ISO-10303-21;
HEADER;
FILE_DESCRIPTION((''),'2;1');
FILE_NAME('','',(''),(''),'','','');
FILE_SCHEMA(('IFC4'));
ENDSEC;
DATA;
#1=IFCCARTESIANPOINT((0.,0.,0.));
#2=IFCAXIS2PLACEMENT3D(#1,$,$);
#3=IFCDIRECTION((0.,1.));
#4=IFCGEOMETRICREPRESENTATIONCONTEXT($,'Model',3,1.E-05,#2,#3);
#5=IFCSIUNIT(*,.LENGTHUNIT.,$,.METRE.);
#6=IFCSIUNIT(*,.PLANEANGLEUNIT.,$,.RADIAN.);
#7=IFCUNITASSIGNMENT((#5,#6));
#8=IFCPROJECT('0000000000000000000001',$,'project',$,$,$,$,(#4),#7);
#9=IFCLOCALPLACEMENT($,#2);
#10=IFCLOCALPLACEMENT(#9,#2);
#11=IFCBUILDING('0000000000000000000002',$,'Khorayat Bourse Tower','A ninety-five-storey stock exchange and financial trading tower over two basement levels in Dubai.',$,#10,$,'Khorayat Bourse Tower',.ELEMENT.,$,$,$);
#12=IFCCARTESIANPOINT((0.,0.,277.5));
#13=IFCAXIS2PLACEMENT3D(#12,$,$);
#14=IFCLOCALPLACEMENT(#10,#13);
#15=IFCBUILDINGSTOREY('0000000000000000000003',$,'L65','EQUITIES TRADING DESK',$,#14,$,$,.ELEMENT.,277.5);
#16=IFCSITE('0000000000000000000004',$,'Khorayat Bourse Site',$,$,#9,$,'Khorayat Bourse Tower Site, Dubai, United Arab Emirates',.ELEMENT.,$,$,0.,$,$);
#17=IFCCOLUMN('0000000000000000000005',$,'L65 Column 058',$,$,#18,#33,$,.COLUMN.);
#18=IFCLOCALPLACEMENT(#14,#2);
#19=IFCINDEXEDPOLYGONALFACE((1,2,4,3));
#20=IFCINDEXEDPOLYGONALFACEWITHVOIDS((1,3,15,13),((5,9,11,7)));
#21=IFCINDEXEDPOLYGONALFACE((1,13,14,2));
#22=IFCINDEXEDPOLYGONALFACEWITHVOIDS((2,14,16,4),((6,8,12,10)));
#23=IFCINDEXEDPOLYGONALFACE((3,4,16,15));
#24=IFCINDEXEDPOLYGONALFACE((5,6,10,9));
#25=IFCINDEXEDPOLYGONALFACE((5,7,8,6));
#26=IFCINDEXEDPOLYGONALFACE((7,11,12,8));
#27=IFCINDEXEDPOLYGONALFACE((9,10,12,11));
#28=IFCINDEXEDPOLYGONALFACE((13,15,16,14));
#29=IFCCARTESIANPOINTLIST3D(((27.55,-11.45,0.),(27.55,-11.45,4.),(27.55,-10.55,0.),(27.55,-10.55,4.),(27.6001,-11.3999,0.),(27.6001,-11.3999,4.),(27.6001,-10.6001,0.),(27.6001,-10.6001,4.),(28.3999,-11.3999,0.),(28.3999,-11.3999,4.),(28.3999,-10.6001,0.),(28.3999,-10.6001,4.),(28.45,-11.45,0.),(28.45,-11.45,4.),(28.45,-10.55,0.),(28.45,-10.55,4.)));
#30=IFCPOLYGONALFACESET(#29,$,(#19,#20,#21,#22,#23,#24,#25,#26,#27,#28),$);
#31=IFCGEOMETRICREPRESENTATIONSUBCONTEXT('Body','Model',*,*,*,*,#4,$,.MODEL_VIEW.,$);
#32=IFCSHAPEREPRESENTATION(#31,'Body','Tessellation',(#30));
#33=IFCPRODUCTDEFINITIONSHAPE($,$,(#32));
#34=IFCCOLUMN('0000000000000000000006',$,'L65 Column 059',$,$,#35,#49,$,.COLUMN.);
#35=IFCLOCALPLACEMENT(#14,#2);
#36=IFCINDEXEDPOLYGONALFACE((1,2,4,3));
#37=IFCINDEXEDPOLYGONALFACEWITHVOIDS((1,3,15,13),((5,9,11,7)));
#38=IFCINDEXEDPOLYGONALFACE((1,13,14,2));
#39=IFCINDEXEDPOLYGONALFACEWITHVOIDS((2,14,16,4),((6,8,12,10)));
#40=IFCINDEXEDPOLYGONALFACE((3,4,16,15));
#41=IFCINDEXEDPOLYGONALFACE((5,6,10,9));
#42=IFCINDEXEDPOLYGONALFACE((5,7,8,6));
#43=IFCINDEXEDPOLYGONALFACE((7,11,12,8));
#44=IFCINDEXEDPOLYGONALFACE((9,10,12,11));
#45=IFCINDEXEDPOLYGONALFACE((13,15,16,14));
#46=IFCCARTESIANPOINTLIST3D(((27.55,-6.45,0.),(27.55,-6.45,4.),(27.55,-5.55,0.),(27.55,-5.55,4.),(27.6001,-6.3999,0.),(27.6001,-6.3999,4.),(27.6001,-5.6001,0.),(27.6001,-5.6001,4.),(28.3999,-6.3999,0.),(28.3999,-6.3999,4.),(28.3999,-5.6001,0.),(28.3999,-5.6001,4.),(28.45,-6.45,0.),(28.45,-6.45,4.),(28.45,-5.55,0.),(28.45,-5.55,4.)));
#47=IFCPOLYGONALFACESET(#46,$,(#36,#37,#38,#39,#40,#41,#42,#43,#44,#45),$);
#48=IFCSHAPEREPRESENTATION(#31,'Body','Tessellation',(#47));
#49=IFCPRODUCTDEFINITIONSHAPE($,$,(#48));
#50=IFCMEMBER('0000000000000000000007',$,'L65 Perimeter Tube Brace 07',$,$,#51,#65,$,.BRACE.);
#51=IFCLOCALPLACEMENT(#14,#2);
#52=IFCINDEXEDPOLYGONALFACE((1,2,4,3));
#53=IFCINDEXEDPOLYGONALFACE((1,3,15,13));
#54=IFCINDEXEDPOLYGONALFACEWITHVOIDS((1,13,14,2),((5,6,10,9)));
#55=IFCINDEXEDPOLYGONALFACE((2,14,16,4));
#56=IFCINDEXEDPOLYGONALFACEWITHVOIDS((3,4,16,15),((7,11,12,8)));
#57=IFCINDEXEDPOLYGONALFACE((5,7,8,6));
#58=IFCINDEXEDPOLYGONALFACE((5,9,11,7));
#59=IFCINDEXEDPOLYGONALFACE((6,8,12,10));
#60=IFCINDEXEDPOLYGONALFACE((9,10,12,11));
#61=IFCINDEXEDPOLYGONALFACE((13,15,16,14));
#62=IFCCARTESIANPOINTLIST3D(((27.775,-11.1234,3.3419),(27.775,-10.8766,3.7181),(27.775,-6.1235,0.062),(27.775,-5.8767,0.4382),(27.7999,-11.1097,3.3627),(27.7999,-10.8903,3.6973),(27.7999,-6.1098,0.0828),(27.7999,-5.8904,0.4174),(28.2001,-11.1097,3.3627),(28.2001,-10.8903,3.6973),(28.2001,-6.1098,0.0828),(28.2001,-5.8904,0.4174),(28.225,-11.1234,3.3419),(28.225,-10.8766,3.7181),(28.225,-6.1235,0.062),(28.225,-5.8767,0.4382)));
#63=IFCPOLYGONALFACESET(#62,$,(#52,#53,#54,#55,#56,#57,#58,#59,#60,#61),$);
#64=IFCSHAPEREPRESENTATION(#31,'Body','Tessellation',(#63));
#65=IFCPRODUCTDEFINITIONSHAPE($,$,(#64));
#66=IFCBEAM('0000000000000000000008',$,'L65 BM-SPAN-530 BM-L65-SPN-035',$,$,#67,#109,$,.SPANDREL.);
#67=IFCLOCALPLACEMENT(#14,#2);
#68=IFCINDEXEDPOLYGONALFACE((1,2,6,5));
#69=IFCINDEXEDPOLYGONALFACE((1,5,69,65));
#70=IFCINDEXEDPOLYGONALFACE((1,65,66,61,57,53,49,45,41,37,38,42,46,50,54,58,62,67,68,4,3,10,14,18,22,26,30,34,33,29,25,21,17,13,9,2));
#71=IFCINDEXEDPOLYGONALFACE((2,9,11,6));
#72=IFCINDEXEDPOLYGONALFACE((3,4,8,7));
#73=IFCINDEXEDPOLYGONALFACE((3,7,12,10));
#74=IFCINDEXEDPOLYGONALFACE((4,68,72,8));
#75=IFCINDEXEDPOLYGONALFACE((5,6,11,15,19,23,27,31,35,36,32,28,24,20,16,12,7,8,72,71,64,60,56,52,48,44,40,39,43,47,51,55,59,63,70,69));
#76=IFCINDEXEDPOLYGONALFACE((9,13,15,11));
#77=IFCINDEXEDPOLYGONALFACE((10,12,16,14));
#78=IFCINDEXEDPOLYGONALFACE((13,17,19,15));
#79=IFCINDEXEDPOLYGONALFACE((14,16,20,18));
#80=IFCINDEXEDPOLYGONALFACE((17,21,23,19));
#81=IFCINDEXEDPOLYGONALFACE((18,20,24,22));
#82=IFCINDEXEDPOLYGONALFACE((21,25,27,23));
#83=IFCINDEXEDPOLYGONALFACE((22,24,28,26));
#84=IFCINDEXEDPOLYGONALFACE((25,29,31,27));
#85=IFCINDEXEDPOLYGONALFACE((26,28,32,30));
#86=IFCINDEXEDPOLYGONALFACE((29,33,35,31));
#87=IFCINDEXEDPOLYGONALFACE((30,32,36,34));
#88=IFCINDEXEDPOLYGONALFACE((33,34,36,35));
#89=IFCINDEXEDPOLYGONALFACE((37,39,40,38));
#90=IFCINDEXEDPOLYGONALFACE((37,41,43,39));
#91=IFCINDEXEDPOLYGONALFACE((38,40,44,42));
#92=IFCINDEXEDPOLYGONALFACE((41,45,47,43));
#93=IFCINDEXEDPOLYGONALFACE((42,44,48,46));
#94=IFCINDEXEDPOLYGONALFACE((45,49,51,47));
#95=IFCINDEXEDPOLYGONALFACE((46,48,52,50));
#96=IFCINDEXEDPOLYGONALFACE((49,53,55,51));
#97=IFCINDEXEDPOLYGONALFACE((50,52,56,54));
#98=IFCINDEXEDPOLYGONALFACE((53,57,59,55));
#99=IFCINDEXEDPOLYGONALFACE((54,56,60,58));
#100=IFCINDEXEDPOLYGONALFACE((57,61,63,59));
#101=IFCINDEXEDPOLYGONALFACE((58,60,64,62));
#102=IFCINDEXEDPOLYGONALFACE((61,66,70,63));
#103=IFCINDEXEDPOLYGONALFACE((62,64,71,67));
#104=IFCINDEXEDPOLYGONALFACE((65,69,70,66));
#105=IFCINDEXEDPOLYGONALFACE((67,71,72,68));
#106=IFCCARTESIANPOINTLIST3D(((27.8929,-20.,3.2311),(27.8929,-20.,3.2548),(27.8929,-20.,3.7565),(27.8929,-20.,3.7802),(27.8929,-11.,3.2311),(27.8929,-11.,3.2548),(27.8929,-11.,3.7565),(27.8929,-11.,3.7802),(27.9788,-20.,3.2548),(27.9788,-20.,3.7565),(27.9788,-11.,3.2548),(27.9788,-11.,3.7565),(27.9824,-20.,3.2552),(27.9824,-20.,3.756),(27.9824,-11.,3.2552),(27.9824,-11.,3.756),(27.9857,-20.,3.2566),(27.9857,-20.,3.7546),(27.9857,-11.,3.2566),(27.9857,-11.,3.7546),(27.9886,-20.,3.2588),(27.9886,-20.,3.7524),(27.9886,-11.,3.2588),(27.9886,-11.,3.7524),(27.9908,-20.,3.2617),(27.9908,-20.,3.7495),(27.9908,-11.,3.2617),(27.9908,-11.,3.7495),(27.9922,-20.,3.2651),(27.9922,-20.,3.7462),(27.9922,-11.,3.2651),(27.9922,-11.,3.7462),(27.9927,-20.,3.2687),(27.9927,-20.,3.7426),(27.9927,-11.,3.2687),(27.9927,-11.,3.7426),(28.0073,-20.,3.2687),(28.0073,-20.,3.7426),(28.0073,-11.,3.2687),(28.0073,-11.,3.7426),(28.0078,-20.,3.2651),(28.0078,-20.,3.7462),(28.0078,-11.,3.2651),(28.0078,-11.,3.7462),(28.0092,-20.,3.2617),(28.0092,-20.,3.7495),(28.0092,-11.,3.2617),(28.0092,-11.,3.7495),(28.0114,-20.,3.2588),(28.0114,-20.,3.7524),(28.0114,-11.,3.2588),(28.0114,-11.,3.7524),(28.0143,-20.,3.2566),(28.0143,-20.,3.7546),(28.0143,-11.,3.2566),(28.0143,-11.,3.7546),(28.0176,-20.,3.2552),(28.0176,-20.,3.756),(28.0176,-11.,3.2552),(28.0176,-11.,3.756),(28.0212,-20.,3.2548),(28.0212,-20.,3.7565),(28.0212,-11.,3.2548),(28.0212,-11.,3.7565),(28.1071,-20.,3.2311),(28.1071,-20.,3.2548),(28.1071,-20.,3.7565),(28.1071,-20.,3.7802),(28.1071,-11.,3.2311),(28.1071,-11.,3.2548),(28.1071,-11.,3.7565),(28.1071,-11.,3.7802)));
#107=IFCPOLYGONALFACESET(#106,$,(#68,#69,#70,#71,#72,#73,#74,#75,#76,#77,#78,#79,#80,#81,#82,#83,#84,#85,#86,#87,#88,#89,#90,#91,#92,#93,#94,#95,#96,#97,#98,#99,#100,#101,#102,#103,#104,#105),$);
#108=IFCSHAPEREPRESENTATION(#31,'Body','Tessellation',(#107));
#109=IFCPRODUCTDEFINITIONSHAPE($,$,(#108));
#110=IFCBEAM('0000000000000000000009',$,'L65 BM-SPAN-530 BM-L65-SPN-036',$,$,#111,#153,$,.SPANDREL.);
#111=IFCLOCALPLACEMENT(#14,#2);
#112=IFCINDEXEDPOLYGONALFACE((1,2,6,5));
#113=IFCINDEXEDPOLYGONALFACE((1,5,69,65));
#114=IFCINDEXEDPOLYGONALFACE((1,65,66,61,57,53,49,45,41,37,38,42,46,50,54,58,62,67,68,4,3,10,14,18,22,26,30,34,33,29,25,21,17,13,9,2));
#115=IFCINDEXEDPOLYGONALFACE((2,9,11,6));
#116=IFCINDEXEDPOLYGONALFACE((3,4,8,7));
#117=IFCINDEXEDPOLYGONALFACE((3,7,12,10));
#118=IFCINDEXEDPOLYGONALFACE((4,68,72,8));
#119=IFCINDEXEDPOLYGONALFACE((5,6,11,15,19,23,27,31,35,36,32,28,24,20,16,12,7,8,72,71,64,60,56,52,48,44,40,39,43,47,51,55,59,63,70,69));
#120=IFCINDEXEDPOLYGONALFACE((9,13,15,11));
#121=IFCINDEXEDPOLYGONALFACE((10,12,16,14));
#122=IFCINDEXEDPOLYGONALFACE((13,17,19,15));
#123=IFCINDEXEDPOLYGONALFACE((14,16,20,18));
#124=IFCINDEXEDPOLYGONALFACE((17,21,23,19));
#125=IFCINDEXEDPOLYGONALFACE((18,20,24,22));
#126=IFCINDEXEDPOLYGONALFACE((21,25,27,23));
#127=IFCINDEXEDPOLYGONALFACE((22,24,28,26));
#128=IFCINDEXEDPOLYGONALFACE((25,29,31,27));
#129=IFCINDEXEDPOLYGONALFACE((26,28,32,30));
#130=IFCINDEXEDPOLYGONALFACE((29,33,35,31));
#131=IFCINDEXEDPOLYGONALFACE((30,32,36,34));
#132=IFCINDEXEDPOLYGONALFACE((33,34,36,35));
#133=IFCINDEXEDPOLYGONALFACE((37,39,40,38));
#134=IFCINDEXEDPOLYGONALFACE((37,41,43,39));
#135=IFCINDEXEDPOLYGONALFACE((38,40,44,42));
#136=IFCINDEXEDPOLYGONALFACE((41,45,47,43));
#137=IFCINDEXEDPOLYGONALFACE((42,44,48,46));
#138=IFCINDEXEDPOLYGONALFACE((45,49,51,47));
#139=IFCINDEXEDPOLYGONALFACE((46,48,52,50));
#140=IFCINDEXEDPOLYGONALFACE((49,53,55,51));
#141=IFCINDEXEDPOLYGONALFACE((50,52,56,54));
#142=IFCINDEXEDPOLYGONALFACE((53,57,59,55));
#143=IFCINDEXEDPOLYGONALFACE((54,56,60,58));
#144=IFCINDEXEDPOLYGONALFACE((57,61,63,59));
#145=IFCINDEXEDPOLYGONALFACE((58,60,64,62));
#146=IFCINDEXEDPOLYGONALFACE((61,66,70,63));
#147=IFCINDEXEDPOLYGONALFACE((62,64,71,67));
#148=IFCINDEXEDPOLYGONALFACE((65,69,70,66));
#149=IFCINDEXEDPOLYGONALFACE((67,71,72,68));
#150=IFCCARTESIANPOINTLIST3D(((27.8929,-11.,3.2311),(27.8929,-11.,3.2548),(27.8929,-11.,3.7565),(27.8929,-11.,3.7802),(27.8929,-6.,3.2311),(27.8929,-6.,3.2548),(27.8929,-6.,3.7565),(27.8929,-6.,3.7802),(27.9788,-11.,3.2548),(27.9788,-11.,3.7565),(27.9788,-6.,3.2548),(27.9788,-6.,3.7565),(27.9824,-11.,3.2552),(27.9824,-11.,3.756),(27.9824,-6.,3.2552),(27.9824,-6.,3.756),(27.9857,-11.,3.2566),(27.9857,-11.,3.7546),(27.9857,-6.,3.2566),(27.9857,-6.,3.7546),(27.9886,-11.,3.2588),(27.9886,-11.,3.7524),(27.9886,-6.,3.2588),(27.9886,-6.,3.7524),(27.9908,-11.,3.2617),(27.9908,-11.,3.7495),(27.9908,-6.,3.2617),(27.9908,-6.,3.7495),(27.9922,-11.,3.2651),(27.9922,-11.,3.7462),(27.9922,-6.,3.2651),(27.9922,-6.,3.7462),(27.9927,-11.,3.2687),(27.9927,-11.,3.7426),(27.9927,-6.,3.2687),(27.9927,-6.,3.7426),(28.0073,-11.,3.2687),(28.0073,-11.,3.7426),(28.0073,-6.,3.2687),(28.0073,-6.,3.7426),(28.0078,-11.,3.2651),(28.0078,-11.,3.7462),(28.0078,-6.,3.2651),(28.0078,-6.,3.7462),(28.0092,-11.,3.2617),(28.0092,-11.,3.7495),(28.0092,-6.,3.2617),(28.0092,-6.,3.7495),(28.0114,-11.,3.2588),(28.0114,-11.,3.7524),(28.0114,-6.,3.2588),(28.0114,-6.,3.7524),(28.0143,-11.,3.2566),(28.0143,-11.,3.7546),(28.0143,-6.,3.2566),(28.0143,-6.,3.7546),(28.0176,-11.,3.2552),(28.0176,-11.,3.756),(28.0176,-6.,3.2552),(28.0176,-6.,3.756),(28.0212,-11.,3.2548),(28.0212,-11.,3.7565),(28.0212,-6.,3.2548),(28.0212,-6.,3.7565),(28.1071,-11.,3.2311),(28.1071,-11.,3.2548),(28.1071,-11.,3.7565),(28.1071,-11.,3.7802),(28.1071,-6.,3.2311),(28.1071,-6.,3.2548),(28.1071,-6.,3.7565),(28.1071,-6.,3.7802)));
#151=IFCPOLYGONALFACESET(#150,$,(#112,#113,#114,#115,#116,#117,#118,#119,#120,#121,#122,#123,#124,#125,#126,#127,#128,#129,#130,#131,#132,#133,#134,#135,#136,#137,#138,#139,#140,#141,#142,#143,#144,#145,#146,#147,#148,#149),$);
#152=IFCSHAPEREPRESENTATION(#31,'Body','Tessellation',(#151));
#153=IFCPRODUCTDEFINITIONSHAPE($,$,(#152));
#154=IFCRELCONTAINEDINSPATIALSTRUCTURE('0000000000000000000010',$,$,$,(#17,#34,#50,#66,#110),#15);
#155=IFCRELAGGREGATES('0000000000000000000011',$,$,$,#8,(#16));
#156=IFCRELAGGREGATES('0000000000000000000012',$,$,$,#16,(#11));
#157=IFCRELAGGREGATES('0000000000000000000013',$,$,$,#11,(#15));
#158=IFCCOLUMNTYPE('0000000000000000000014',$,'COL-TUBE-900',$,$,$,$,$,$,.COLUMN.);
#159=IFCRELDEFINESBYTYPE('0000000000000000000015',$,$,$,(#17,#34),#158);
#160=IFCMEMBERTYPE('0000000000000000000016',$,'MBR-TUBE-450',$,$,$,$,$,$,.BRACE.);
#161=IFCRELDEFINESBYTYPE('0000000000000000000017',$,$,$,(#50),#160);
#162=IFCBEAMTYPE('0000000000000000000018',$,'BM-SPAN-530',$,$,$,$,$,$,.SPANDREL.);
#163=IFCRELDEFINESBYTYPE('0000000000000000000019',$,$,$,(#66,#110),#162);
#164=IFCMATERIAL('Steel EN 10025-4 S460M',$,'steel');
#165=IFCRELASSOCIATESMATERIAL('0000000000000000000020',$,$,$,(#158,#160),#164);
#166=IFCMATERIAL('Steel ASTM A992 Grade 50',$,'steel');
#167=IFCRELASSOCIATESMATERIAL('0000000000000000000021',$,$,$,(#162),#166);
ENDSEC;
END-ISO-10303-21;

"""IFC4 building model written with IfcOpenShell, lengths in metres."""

from ifc_helpers import new_model, si_unit, direction, frame, origin, origin_2d, place, context, subcontext, project, spatial, hollow_rectangle, i_section, extrude, source, transform, mapped, material, material_profile, profile_set, type_object, element, save


model = new_model("IFC4")

# Units and contexts
model_context = context("Model", 3, precision=1e-05, world=origin(), true_north=direction((0.0, 1.0)))
body_context = subcontext(model_context, "Body", "Model", "MODEL_VIEW")
ifc_project = project(units=[si_unit("LENGTHUNIT", "METRE"), si_unit("PLANEANGLEUNIT", "RADIAN")], contexts=[model_context])

# Site, building, storey
site_placement = place(None, origin())
site = spatial("IfcSite", under=ifc_project, at=site_placement, Name="Khorayat Bourse Site", LongName="Khorayat Bourse Tower Site, Dubai, United Arab Emirates", CompositionType="ELEMENT", RefElevation=0.0)
building_placement = place(site_placement, origin())
building = spatial("IfcBuilding", under=site, at=building_placement, Name="Khorayat Bourse Tower", Description="A ninety-five-storey stock exchange and financial trading tower over two basement levels in Dubai.", LongName="Khorayat Bourse Tower", CompositionType="ELEMENT")
storey_placement = place(building_placement, frame((0.0, 0.0, 277.5)))
storey = spatial("IfcBuildingStorey", under=building, at=storey_placement, Name="L65", Description="EQUITIES TRADING DESK", CompositionType="ELEMENT", Elevation=277.5)

# Columns
ifc_material_1 = material(Name="Steel EN 10025-4 S460M", Category="steel")
ifc_material_profile_1 = material_profile(ifc_material_1, hollow_rectangle(XDim=0.8999, YDim=0.8999, WallThickness=0.05, at=origin_2d()), Name="BOX 900x900x50")
ifc_profile_set_1 = profile_set([ifc_material_profile_1], Name="Steel EN 10025-4 S460M")
column_type = type_object("IfcColumnType", Name="COL-TUBE-900", PredefinedType="COLUMN", material=ifc_profile_set_1)
shared_shape_1 = source(origin(), body_context, "Body", "SweptSolid", [
    extrude(hollow_rectangle(XDim=0.8999, YDim=0.8999, WallThickness=0.05, at=origin_2d()), origin(), (0.0, 0.0, 1.0), 4.0),
])
for number, where, z_axis, x_axis, name in (
    (1, (28.0, -11.0, 0.0), (0.0, 0.0, 1.0), (1.0, 0.0, 0.0), "L65 Column 058"),
    (2, (28.0, -6.0, 0.0), (0.0, 0.0, 1.0), (1.0, 0.0, 0.0), "L65 Column 059"),
):
    element("IfcColumn", number, at=place(storey_placement, frame(where, z_axis=z_axis, x_axis=x_axis)), inside=storey, type_object=column_type, Name=name, PredefinedType="COLUMN", context=body_context, shape_type="MappedRepresentation", body=[
        mapped(shared_shape_1, transform((0.0, 0.0, 0.0), scale=1.0)),
    ])

# Member
ifc_material_profile_2 = material_profile(ifc_material_1, hollow_rectangle(XDim=0.45, YDim=0.45, WallThickness=0.0249, at=origin_2d()), Name="HSS 450x450x25")
ifc_profile_set_2 = profile_set([ifc_material_profile_2], Name="Steel EN 10025-4 S460M")
member_type_1 = type_object("IfcMemberType", Name="MBR-TUBE-450", PredefinedType="BRACE", material=ifc_profile_set_2)
shared_shape_2 = source(origin(), body_context, "Body", "SweptSolid", [
    extrude(hollow_rectangle(XDim=0.45, YDim=0.45, WallThickness=0.0249, at=origin_2d()), origin(), (0.0, 0.0, 1.0), 5.9797),
])
member_1_placement = place(storey_placement, frame((28.0, -11.0, 3.53), z_axis=(0.0, 0.836142, -0.548514), x_axis=(-1.0, 0.0, 0.0)))
element("IfcMember", 3, at=member_1_placement, inside=storey, type_object=member_type_1, Name="L65 Perimeter Tube Brace 07", PredefinedType="BRACE", context=body_context, shape_type="MappedRepresentation", body=[
    mapped(shared_shape_2, transform((0.0, 0.0, 0.0), scale=1.0)),
])

# Beams
ifc_material_2 = material(Name="Steel ASTM A992 Grade 50", Category="steel")
ifc_material_profile_3 = material_profile(ifc_material_2, i_section(OverallWidth=0.2141, OverallDepth=0.5491, WebThickness=0.0146, FlangeThickness=0.0237, FilletRadius=0.0139, at=origin_2d()), Name="W530X138")
ifc_profile_set_3 = profile_set([ifc_material_profile_3], Name="Steel ASTM A992 Grade 50")
beam_type = type_object("IfcBeamType", Name="BM-SPAN-530", PredefinedType="SPANDREL", material=ifc_profile_set_3)
shared_shape_3 = source(origin(), body_context, "Body", "SweptSolid", [
    extrude(i_section(OverallWidth=0.2141, OverallDepth=0.5491, WebThickness=0.0146, FlangeThickness=0.0237, FilletRadius=0.0139, at=origin_2d()), origin(), (0.0, 0.0, 1.0), 9.0),
])
beam_1_placement = place(storey_placement, frame((28.0, -20.0, 3.5056), z_axis=(0.0, 1.0, 0.0), x_axis=(-1.0, 0.0, 0.0)))
element("IfcBeam", 4, at=beam_1_placement, inside=storey, type_object=beam_type, Name="L65 BM-SPAN-530 BM-L65-SPN-035", PredefinedType="SPANDREL", context=body_context, shape_type="MappedRepresentation", body=[
    mapped(shared_shape_3, transform((0.0, 0.0, 0.0), scale=1.0)),
])
shared_shape_4 = source(origin(), body_context, "Body", "SweptSolid", [
    extrude(i_section(OverallWidth=0.2141, OverallDepth=0.5491, WebThickness=0.0146, FlangeThickness=0.0237, FilletRadius=0.0139, at=origin_2d()), origin(), (0.0, 0.0, 1.0), 5.0),
])
beam_2_placement = place(storey_placement, frame((28.0, -11.0, 3.5056), z_axis=(0.0, 1.0, 0.0), x_axis=(-1.0, 0.0, 0.0)))
element("IfcBeam", 5, at=beam_2_placement, inside=storey, type_object=beam_type, Name="L65 BM-SPAN-530 BM-L65-SPN-036", PredefinedType="SPANDREL", context=body_context, shape_type="MappedRepresentation", body=[
    mapped(shared_shape_4, transform((0.0, 0.0, 0.0), scale=1.0)),
])

save(model, "model.ifc")
